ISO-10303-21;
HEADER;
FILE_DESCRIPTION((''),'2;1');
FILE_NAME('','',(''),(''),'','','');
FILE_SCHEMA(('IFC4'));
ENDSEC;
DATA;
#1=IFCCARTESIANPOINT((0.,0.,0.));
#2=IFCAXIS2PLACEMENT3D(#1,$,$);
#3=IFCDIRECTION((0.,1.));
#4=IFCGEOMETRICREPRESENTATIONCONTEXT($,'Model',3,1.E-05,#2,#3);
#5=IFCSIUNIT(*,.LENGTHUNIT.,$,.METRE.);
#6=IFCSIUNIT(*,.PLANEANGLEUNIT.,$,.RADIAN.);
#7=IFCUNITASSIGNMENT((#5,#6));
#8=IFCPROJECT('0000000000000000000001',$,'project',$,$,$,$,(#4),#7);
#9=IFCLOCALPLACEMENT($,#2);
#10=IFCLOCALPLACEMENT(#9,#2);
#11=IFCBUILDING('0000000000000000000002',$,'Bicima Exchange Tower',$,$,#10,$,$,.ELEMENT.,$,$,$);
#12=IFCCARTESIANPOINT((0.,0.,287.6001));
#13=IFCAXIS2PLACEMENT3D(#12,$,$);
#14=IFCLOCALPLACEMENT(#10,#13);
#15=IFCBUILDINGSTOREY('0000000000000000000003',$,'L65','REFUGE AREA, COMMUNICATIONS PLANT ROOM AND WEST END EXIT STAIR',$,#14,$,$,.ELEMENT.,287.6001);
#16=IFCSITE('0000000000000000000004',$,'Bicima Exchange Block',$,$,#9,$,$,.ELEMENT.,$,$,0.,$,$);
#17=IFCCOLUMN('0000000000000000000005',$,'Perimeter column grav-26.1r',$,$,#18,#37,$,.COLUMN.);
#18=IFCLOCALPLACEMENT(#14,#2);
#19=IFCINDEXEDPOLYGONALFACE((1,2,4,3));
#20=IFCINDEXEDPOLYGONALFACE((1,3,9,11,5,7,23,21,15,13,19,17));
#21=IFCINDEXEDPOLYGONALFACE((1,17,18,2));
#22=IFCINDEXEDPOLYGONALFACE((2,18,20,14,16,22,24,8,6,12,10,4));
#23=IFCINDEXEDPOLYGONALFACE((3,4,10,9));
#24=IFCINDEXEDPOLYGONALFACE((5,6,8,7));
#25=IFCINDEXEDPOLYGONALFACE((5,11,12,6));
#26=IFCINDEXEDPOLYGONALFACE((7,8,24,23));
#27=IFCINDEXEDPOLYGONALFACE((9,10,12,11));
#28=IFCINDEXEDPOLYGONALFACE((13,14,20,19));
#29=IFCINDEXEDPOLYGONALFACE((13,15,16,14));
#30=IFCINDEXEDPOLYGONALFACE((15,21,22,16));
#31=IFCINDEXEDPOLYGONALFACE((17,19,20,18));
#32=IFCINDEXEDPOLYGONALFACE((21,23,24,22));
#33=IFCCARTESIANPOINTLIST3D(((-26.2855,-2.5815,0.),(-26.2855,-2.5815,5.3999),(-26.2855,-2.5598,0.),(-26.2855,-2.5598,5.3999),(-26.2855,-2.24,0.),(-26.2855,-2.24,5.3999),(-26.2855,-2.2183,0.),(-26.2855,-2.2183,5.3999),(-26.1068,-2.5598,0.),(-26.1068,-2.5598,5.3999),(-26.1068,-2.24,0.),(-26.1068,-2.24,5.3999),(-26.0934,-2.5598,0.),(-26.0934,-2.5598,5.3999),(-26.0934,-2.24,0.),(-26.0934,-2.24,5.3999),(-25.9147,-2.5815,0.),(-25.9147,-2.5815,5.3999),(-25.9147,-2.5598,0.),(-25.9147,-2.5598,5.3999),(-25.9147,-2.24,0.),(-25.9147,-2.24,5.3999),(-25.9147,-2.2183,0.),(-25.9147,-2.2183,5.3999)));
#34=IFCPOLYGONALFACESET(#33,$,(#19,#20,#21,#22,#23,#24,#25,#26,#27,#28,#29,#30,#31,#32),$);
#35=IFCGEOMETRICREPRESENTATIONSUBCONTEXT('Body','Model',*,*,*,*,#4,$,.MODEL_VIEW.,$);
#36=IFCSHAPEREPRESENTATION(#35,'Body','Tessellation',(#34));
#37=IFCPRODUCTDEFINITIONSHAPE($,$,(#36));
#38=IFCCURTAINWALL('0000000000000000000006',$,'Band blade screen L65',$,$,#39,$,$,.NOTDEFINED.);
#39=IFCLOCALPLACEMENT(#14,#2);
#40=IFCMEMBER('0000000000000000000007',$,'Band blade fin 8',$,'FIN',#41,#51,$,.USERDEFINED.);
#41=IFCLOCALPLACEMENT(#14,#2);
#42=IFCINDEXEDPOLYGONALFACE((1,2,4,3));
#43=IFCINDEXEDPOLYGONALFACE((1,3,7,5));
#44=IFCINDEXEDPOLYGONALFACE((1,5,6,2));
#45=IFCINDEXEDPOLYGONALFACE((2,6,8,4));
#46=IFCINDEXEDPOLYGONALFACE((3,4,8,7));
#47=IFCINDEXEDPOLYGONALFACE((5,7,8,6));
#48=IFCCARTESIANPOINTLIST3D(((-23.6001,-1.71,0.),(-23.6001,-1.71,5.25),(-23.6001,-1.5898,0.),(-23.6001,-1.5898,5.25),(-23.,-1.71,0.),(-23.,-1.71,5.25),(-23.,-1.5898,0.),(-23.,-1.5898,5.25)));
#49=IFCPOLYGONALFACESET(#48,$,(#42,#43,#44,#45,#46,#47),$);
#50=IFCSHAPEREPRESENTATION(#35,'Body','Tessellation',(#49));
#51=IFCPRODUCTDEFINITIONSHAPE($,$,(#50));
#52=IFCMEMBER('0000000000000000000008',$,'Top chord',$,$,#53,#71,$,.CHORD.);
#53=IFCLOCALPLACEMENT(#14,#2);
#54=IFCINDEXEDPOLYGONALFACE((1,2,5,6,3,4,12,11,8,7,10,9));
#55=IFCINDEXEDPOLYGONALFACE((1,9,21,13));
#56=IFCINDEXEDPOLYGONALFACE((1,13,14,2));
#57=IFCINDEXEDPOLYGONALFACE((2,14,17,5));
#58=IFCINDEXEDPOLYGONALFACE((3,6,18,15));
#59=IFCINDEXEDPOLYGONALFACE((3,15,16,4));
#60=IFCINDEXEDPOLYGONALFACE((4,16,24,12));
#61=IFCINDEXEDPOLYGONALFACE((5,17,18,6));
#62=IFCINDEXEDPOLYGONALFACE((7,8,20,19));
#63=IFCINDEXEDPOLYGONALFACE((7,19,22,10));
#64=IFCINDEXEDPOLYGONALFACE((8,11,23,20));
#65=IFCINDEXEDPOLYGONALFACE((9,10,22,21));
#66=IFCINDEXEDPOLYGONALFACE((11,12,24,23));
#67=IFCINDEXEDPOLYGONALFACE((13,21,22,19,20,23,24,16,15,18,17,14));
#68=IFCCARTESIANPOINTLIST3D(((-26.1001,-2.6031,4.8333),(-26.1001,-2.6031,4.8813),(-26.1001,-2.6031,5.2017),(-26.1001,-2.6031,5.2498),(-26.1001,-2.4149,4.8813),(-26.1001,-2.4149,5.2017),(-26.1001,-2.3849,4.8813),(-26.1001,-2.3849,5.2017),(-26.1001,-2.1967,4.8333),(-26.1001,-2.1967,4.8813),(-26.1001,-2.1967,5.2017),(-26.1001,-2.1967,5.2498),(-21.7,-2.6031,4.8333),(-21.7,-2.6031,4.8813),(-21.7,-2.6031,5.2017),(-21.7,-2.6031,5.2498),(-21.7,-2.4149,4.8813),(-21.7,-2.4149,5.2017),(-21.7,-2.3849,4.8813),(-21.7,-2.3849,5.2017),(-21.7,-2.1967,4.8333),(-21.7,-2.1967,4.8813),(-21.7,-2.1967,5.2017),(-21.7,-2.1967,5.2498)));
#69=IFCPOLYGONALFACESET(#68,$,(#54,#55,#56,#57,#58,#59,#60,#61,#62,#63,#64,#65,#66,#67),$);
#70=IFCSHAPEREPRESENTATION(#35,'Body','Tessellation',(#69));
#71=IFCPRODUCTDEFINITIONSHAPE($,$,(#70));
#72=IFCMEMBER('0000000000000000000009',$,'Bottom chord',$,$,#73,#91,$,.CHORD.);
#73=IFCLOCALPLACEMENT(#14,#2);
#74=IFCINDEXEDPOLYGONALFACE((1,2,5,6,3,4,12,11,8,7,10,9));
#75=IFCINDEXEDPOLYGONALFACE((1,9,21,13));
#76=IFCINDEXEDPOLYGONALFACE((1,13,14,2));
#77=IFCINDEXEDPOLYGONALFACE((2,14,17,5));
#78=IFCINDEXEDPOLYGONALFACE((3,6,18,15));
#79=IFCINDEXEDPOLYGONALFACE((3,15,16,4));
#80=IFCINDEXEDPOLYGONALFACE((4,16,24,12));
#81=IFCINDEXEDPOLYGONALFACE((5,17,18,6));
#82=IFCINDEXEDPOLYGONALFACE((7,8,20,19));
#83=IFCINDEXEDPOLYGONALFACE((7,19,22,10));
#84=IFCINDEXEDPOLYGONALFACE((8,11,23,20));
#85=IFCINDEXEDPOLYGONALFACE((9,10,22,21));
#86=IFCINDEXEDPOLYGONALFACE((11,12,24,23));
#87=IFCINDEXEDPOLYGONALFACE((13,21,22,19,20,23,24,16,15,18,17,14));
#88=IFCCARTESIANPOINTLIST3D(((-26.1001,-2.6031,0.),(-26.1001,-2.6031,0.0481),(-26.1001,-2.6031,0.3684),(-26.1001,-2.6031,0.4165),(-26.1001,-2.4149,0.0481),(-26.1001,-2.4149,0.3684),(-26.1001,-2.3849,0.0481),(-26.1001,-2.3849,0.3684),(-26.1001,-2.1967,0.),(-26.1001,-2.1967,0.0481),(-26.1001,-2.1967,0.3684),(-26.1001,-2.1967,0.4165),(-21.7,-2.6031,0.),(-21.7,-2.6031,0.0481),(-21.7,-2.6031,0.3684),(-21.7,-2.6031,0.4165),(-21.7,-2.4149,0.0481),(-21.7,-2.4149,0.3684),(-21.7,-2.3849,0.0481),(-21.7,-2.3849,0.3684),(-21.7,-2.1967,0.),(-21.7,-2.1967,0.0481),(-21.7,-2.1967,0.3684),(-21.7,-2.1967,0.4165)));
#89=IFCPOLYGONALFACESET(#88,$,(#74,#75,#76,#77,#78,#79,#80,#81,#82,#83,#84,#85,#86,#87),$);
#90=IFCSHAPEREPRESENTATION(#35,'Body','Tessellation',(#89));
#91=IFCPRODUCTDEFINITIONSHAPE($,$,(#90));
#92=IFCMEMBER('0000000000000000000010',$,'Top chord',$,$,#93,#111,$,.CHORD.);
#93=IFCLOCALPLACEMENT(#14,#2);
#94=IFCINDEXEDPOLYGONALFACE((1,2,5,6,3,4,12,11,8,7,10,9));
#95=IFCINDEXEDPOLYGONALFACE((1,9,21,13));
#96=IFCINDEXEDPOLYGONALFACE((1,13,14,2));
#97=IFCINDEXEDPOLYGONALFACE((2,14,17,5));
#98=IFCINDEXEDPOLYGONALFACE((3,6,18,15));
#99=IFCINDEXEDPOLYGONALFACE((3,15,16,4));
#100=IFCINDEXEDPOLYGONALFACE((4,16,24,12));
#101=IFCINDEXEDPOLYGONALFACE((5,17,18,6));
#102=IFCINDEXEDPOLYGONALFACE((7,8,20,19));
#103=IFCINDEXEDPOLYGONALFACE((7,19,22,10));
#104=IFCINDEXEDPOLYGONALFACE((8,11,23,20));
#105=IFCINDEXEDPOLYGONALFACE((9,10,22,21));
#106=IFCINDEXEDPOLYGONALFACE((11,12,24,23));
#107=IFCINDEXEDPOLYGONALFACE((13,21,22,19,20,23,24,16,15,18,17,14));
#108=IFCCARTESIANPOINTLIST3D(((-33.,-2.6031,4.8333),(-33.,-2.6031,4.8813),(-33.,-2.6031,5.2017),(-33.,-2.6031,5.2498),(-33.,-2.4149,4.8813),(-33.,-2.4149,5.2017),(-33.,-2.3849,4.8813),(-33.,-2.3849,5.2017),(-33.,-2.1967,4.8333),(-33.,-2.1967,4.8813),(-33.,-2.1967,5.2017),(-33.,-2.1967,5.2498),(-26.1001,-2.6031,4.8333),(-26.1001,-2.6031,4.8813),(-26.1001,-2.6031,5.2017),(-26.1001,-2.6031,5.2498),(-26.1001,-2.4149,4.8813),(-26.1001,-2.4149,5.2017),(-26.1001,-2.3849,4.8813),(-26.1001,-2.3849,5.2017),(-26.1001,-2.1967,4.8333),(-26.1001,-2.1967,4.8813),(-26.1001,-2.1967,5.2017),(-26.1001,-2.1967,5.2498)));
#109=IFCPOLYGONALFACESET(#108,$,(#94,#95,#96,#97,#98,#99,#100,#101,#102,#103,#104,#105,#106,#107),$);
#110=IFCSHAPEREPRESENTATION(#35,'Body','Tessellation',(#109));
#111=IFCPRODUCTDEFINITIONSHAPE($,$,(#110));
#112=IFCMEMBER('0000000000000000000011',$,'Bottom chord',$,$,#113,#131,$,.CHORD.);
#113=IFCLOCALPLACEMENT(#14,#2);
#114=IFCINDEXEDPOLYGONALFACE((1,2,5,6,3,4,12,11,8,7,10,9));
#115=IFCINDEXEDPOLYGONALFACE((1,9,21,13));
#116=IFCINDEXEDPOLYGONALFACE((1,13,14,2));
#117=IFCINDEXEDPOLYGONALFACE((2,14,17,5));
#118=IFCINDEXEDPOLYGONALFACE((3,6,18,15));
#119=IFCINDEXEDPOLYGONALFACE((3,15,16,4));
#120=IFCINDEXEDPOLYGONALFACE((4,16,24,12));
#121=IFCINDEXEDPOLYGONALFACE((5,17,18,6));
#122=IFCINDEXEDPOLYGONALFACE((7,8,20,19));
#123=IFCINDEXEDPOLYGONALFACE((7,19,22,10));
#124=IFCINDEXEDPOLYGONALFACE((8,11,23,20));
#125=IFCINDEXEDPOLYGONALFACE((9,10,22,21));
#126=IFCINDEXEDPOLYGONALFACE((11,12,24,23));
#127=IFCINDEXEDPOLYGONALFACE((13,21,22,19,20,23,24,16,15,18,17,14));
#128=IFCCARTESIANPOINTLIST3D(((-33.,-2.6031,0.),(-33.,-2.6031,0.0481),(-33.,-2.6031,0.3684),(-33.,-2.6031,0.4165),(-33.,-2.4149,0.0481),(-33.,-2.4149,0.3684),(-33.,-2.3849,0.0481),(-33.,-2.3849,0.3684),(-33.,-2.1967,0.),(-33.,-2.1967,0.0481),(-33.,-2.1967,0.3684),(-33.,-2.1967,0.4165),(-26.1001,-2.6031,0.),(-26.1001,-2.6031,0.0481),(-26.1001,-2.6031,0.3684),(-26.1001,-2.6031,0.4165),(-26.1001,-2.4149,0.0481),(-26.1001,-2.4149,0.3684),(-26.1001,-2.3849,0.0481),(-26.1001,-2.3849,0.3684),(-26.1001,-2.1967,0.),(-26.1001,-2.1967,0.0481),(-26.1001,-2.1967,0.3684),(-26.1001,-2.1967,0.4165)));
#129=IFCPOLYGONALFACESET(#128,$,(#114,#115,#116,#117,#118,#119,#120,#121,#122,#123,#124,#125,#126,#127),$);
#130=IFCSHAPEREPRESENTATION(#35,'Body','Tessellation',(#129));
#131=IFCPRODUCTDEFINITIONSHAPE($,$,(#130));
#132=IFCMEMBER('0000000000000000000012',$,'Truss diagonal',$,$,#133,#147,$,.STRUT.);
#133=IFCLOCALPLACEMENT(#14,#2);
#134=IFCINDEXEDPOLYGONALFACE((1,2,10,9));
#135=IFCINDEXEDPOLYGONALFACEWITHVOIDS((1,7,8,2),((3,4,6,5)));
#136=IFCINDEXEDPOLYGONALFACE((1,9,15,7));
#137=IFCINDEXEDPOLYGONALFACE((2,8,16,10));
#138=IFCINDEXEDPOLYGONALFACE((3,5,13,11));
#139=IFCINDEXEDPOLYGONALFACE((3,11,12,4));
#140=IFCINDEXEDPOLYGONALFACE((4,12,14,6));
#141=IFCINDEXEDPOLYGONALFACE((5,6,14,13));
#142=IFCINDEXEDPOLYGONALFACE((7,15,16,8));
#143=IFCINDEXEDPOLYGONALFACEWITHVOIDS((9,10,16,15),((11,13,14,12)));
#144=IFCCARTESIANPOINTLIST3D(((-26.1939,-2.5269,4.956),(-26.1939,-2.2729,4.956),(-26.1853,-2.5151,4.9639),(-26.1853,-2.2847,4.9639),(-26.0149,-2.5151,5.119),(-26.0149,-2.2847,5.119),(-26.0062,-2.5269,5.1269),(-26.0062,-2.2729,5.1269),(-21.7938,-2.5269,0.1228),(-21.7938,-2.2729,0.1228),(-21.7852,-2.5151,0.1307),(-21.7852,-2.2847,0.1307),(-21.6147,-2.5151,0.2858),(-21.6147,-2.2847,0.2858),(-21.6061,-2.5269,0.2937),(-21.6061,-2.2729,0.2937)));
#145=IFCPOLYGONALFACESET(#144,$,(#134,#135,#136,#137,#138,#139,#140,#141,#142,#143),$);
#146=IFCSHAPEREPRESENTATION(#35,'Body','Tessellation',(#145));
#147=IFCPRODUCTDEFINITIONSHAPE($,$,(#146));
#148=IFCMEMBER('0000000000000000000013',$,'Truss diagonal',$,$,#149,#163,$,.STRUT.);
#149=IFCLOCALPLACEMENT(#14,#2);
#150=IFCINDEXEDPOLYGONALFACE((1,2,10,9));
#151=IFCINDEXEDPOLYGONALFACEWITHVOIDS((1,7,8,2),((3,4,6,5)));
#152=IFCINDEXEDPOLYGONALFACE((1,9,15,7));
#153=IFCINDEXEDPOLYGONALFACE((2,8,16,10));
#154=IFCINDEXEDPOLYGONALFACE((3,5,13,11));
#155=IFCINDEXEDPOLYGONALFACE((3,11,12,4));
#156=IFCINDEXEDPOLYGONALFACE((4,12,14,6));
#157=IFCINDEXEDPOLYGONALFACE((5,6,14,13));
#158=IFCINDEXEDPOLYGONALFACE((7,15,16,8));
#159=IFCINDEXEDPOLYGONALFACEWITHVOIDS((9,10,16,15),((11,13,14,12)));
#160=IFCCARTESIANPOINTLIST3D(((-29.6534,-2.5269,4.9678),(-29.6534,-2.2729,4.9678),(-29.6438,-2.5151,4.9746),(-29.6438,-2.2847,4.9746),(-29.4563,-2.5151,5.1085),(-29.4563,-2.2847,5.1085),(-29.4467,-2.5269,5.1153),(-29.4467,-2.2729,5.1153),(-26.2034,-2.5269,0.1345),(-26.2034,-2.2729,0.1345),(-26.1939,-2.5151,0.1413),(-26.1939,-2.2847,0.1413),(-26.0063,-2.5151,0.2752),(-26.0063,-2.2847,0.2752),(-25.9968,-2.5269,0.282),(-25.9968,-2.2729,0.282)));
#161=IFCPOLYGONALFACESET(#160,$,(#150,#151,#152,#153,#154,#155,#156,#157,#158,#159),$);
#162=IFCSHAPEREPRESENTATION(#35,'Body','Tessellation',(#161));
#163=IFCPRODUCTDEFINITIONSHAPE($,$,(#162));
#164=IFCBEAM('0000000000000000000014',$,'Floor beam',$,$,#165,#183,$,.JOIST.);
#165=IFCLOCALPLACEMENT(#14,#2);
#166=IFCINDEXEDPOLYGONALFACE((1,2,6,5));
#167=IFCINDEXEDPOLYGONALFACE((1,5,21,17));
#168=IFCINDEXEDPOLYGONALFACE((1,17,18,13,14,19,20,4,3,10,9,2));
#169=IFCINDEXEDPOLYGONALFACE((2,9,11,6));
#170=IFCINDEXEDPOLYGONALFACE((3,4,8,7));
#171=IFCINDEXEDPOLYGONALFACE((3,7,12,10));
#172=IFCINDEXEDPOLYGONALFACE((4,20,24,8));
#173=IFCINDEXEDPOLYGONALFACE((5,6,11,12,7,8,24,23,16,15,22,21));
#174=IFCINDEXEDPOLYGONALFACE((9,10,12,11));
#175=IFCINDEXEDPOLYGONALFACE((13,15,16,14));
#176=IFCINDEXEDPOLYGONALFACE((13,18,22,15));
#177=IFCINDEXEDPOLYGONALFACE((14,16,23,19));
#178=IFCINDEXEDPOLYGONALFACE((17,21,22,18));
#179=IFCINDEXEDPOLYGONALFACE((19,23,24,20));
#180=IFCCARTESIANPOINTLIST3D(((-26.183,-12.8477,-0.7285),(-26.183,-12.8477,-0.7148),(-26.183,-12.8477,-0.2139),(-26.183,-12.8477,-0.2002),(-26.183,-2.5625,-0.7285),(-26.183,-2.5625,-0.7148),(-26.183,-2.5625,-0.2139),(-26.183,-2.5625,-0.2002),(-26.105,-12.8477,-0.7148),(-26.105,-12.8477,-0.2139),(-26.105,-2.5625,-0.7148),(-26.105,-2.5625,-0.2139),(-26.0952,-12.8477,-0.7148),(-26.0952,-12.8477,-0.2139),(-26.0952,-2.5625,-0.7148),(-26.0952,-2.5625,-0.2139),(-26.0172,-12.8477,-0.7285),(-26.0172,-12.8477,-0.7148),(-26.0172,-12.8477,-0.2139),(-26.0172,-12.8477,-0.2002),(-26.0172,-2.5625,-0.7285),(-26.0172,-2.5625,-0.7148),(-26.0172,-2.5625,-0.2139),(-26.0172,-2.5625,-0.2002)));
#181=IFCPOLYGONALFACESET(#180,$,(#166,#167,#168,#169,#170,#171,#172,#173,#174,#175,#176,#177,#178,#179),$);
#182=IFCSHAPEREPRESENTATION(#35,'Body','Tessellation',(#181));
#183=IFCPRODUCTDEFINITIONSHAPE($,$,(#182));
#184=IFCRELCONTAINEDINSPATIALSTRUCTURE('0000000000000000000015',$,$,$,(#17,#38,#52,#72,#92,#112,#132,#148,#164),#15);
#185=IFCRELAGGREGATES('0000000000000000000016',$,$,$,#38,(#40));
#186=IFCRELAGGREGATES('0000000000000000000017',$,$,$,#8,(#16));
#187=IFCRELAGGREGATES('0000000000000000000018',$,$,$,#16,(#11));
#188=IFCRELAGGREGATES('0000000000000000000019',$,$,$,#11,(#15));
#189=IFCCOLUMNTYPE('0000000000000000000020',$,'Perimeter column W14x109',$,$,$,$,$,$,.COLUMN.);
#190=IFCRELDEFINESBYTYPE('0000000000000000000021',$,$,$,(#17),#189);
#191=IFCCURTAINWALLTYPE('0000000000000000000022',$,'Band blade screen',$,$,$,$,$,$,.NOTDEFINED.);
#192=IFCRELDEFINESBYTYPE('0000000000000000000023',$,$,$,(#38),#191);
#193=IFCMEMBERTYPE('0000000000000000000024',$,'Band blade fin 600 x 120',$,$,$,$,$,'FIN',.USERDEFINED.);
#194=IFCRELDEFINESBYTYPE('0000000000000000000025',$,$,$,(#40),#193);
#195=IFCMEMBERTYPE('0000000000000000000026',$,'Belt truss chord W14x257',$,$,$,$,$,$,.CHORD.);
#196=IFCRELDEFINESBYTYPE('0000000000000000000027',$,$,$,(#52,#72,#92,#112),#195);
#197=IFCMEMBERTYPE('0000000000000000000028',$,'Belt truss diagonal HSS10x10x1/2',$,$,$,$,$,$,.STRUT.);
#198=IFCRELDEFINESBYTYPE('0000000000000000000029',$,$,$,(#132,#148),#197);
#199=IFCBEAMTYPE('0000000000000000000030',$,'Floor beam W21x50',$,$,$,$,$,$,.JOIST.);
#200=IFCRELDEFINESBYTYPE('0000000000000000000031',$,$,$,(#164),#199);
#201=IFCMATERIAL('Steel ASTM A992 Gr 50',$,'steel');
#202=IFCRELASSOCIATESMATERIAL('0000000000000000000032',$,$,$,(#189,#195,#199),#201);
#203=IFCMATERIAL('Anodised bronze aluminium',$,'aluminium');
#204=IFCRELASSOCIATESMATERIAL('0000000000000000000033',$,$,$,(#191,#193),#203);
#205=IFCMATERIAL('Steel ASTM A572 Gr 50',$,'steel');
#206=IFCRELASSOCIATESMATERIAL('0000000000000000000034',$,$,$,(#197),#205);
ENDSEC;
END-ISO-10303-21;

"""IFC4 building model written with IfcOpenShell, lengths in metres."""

from ifc_helpers import new_model, si_unit, direction, frame, origin, origin_2d, place, context, subcontext, project, spatial, rectangle, hollow_rectangle, i_section, extrude, material, material_profile, profile_set, type_object, element, aggregate, save


model = new_model("IFC4")

# Units and contexts
model_context = context("Model", 3, precision=1e-05, world=origin(), true_north=direction((0.0, 1.0)))
body_context = subcontext(model_context, "Body", "Model", "MODEL_VIEW")
ifc_project = project(units=[si_unit("LENGTHUNIT", "METRE"), si_unit("PLANEANGLEUNIT", "RADIAN")], contexts=[model_context])

# Site, building, storey
site_placement = place(None, origin())
site = spatial("IfcSite", under=ifc_project, at=site_placement, Name="Bicima Exchange Block", CompositionType="ELEMENT", RefElevation=0.0)
building_placement = place(site_placement, origin())
building = spatial("IfcBuilding", under=site, at=building_placement, Name="Bicima Exchange Tower", CompositionType="ELEMENT")
storey_placement = place(building_placement, frame((0.0, 0.0, 287.6001)))
storey = spatial("IfcBuildingStorey", under=building, at=storey_placement, Name="L65", Description="REFUGE AREA, COMMUNICATIONS PLANT ROOM AND WEST END EXIT STAIR", CompositionType="ELEMENT", Elevation=287.6001)

# Column
ifc_material_1 = material(Name="Steel ASTM A992 Gr 50", Category="steel")
ifc_material_profile_1 = material_profile(ifc_material_1, i_section(OverallWidth=0.3708, OverallDepth=0.3633, WebThickness=0.0134, FlangeThickness=0.0217, at=origin_2d()))
ifc_profile_set_1 = profile_set([ifc_material_profile_1], Name="Steel ASTM A992 Gr 50")
column_type = type_object("IfcColumnType", Name="Perimeter column W14x109", PredefinedType="COLUMN", material=ifc_profile_set_1)
column_placement = place(storey_placement, frame((-26.1001, -2.3999, 0.0), z_axis=(0.0, 0.0, 1.0), x_axis=(1.0, 0.0, 0.0)))
element("IfcColumn", 1, at=column_placement, inside=storey, type_object=column_type, Name="Perimeter column grav-26.1r", PredefinedType="COLUMN", context=body_context, shape_type="SweptSolid", body=[
    extrude(i_section(OverallWidth=0.3708, OverallDepth=0.3633, WebThickness=0.0134, FlangeThickness=0.0217, at=origin_2d()), origin(), (0.0, 0.0, 1.0), 5.3999),
])

# Curtain wall, member
ifc_material_2 = material(Name="Anodised bronze aluminium", Category="aluminium")
curtain_wall_type = type_object("IfcCurtainWallType", Name="Band blade screen", PredefinedType="NOTDEFINED", material=ifc_material_2)
curtain_wall_placement = place(storey_placement, origin())
curtain_wall = element("IfcCurtainWall", 2, at=curtain_wall_placement, inside=storey, type_object=curtain_wall_type, Name="Band blade screen L65", PredefinedType="NOTDEFINED")
ifc_material_profile_2 = material_profile(ifc_material_2, rectangle(XDim=0.6001, YDim=0.1201, at=origin_2d()))
ifc_profile_set_2 = profile_set([ifc_material_profile_2], Name="Anodised bronze aluminium")
member_type_1 = type_object("IfcMemberType", Name="Band blade fin 600 x 120", ElementType="FIN", PredefinedType="USERDEFINED", material=ifc_profile_set_2)
member_1_placement = place(storey_placement, frame((-23.3, -1.6499, 0.0), z_axis=(0.0, 0.0, 1.0), x_axis=(1.0, 0.0, 0.0)))
member_1 = element("IfcMember", 3, at=member_1_placement, type_object=member_type_1, Name="Band blade fin 8", ObjectType="FIN", PredefinedType="USERDEFINED", context=body_context, shape_type="SweptSolid", body=[
    extrude(rectangle(XDim=0.6001, YDim=0.1201, at=origin_2d()), origin(), (0.0, 0.0, 1.0), 5.25),
])
aggregate(curtain_wall, [member_1])

# Members
ifc_material_profile_3 = material_profile(ifc_material_1, i_section(OverallWidth=0.4065, OverallDepth=0.4165, WebThickness=0.03, FlangeThickness=0.0481, at=origin_2d()))
ifc_profile_set_3 = profile_set([ifc_material_profile_3], Name="Steel ASTM A992 Gr 50")
member_type_2 = type_object("IfcMemberType", Name="Belt truss chord W14x257", PredefinedType="CHORD", material=ifc_profile_set_3)
for number, where, z_axis, x_axis, name in (
    (4, (-21.7, -2.3999, 5.0415), (-1.0, 0.0, 0.0), (0.0, -1.0, 0.0), "Top chord"),
    (5, (-21.7, -2.3999, 0.2083), (-1.0, 0.0, 0.0), (0.0, -1.0, 0.0), "Bottom chord"),
):
    element("IfcMember", number, at=place(storey_placement, frame(where, z_axis=z_axis, x_axis=x_axis)), inside=storey, type_object=member_type_2, Name=name, PredefinedType="CHORD", context=body_context, shape_type="SweptSolid", body=[
        extrude(i_section(OverallWidth=0.4065, OverallDepth=0.4165, WebThickness=0.03, FlangeThickness=0.0481, at=origin_2d()), origin(), (0.0, 0.0, 1.0), 4.4001),
    ])
for number, where, z_axis, x_axis, name in (
    (6, (-26.1001, -2.3999, 5.0415), (-1.0, 0.0, 0.0), (0.0, -1.0, 0.0), "Top chord"),
    (7, (-26.1001, -2.3999, 0.2083), (-1.0, 0.0, 0.0), (0.0, -1.0, 0.0), "Bottom chord"),
):
    element("IfcMember", number, at=place(storey_placement, frame(where, z_axis=z_axis, x_axis=x_axis)), inside=storey, type_object=member_type_2, Name=name, PredefinedType="CHORD", context=body_context, shape_type="SweptSolid", body=[
        extrude(i_section(OverallWidth=0.4065, OverallDepth=0.4165, WebThickness=0.03, FlangeThickness=0.0481, at=origin_2d()), origin(), (0.0, 0.0, 1.0), 6.8999),
    ])
ifc_material_3 = material(Name="Steel ASTM A572 Gr 50", Category="steel")
ifc_material_profile_4 = material_profile(ifc_material_3, hollow_rectangle(XDim=0.2539, YDim=0.2539, WallThickness=0.0117, at=origin_2d()))
ifc_profile_set_4 = profile_set([ifc_material_profile_4], Name="Steel ASTM A572 Gr 50")
member_type_3 = type_object("IfcMemberType", Name="Belt truss diagonal HSS10x10x1/2", PredefinedType="STRUT", material=ifc_profile_set_4)
member_2_placement = place(storey_placement, frame((-21.7, -2.3999, 0.2083), z_axis=(-0.673199, 0.0, 0.739462), x_axis=(0.0, -1.0, 0.0)))
element("IfcMember", 8, at=member_2_placement, inside=storey, type_object=member_type_3, Name="Truss diagonal", PredefinedType="STRUT", context=body_context, shape_type="SweptSolid", body=[
    extrude(hollow_rectangle(XDim=0.2539, YDim=0.2539, WallThickness=0.0117, at=origin_2d()), origin(), (0.0, 0.0, 1.0), 6.5361),
])
member_3_placement = place(storey_placement, frame((-26.1001, -2.3999, 0.2083), z_axis=(-0.580974, 0.0, 0.813922), x_axis=(0.0, -1.0, 0.0)))
element("IfcMember", 9, at=member_3_placement, inside=storey, type_object=member_type_3, Name="Truss diagonal", PredefinedType="STRUT", context=body_context, shape_type="SweptSolid", body=[
    extrude(hollow_rectangle(XDim=0.2539, YDim=0.2539, WallThickness=0.0117, at=origin_2d()), origin(), (0.0, 0.0, 1.0), 5.9382),
])

# Beam
ifc_material_profile_5 = material_profile(ifc_material_1, i_section(OverallWidth=0.1658, OverallDepth=0.5283, WebThickness=0.0098, FlangeThickness=0.0137, at=origin_2d()))
ifc_profile_set_5 = profile_set([ifc_material_profile_5], Name="Steel ASTM A992 Gr 50")
beam_type_1 = type_object("IfcBeamType", Name="Floor beam W21x50", PredefinedType="JOIST", material=ifc_profile_set_5)
beam_1_placement = place(storey_placement, frame((-26.1001, -2.5625, -0.4644), z_axis=(0.0, -1.0, 0.0), x_axis=(1.0, 0.0, 0.0)))
element("IfcBeam", 10, at=beam_1_placement, inside=storey, type_object=beam_type_1, Name="Floor beam", PredefinedType="JOIST", context=body_context, shape_type="SweptSolid", body=[
    extrude(i_section(OverallWidth=0.1658, OverallDepth=0.5283, WebThickness=0.0098, FlangeThickness=0.0137, at=origin_2d()), origin(), (0.0, 0.0, 1.0), 10.2852),
])

save(model, "model.ifc")
